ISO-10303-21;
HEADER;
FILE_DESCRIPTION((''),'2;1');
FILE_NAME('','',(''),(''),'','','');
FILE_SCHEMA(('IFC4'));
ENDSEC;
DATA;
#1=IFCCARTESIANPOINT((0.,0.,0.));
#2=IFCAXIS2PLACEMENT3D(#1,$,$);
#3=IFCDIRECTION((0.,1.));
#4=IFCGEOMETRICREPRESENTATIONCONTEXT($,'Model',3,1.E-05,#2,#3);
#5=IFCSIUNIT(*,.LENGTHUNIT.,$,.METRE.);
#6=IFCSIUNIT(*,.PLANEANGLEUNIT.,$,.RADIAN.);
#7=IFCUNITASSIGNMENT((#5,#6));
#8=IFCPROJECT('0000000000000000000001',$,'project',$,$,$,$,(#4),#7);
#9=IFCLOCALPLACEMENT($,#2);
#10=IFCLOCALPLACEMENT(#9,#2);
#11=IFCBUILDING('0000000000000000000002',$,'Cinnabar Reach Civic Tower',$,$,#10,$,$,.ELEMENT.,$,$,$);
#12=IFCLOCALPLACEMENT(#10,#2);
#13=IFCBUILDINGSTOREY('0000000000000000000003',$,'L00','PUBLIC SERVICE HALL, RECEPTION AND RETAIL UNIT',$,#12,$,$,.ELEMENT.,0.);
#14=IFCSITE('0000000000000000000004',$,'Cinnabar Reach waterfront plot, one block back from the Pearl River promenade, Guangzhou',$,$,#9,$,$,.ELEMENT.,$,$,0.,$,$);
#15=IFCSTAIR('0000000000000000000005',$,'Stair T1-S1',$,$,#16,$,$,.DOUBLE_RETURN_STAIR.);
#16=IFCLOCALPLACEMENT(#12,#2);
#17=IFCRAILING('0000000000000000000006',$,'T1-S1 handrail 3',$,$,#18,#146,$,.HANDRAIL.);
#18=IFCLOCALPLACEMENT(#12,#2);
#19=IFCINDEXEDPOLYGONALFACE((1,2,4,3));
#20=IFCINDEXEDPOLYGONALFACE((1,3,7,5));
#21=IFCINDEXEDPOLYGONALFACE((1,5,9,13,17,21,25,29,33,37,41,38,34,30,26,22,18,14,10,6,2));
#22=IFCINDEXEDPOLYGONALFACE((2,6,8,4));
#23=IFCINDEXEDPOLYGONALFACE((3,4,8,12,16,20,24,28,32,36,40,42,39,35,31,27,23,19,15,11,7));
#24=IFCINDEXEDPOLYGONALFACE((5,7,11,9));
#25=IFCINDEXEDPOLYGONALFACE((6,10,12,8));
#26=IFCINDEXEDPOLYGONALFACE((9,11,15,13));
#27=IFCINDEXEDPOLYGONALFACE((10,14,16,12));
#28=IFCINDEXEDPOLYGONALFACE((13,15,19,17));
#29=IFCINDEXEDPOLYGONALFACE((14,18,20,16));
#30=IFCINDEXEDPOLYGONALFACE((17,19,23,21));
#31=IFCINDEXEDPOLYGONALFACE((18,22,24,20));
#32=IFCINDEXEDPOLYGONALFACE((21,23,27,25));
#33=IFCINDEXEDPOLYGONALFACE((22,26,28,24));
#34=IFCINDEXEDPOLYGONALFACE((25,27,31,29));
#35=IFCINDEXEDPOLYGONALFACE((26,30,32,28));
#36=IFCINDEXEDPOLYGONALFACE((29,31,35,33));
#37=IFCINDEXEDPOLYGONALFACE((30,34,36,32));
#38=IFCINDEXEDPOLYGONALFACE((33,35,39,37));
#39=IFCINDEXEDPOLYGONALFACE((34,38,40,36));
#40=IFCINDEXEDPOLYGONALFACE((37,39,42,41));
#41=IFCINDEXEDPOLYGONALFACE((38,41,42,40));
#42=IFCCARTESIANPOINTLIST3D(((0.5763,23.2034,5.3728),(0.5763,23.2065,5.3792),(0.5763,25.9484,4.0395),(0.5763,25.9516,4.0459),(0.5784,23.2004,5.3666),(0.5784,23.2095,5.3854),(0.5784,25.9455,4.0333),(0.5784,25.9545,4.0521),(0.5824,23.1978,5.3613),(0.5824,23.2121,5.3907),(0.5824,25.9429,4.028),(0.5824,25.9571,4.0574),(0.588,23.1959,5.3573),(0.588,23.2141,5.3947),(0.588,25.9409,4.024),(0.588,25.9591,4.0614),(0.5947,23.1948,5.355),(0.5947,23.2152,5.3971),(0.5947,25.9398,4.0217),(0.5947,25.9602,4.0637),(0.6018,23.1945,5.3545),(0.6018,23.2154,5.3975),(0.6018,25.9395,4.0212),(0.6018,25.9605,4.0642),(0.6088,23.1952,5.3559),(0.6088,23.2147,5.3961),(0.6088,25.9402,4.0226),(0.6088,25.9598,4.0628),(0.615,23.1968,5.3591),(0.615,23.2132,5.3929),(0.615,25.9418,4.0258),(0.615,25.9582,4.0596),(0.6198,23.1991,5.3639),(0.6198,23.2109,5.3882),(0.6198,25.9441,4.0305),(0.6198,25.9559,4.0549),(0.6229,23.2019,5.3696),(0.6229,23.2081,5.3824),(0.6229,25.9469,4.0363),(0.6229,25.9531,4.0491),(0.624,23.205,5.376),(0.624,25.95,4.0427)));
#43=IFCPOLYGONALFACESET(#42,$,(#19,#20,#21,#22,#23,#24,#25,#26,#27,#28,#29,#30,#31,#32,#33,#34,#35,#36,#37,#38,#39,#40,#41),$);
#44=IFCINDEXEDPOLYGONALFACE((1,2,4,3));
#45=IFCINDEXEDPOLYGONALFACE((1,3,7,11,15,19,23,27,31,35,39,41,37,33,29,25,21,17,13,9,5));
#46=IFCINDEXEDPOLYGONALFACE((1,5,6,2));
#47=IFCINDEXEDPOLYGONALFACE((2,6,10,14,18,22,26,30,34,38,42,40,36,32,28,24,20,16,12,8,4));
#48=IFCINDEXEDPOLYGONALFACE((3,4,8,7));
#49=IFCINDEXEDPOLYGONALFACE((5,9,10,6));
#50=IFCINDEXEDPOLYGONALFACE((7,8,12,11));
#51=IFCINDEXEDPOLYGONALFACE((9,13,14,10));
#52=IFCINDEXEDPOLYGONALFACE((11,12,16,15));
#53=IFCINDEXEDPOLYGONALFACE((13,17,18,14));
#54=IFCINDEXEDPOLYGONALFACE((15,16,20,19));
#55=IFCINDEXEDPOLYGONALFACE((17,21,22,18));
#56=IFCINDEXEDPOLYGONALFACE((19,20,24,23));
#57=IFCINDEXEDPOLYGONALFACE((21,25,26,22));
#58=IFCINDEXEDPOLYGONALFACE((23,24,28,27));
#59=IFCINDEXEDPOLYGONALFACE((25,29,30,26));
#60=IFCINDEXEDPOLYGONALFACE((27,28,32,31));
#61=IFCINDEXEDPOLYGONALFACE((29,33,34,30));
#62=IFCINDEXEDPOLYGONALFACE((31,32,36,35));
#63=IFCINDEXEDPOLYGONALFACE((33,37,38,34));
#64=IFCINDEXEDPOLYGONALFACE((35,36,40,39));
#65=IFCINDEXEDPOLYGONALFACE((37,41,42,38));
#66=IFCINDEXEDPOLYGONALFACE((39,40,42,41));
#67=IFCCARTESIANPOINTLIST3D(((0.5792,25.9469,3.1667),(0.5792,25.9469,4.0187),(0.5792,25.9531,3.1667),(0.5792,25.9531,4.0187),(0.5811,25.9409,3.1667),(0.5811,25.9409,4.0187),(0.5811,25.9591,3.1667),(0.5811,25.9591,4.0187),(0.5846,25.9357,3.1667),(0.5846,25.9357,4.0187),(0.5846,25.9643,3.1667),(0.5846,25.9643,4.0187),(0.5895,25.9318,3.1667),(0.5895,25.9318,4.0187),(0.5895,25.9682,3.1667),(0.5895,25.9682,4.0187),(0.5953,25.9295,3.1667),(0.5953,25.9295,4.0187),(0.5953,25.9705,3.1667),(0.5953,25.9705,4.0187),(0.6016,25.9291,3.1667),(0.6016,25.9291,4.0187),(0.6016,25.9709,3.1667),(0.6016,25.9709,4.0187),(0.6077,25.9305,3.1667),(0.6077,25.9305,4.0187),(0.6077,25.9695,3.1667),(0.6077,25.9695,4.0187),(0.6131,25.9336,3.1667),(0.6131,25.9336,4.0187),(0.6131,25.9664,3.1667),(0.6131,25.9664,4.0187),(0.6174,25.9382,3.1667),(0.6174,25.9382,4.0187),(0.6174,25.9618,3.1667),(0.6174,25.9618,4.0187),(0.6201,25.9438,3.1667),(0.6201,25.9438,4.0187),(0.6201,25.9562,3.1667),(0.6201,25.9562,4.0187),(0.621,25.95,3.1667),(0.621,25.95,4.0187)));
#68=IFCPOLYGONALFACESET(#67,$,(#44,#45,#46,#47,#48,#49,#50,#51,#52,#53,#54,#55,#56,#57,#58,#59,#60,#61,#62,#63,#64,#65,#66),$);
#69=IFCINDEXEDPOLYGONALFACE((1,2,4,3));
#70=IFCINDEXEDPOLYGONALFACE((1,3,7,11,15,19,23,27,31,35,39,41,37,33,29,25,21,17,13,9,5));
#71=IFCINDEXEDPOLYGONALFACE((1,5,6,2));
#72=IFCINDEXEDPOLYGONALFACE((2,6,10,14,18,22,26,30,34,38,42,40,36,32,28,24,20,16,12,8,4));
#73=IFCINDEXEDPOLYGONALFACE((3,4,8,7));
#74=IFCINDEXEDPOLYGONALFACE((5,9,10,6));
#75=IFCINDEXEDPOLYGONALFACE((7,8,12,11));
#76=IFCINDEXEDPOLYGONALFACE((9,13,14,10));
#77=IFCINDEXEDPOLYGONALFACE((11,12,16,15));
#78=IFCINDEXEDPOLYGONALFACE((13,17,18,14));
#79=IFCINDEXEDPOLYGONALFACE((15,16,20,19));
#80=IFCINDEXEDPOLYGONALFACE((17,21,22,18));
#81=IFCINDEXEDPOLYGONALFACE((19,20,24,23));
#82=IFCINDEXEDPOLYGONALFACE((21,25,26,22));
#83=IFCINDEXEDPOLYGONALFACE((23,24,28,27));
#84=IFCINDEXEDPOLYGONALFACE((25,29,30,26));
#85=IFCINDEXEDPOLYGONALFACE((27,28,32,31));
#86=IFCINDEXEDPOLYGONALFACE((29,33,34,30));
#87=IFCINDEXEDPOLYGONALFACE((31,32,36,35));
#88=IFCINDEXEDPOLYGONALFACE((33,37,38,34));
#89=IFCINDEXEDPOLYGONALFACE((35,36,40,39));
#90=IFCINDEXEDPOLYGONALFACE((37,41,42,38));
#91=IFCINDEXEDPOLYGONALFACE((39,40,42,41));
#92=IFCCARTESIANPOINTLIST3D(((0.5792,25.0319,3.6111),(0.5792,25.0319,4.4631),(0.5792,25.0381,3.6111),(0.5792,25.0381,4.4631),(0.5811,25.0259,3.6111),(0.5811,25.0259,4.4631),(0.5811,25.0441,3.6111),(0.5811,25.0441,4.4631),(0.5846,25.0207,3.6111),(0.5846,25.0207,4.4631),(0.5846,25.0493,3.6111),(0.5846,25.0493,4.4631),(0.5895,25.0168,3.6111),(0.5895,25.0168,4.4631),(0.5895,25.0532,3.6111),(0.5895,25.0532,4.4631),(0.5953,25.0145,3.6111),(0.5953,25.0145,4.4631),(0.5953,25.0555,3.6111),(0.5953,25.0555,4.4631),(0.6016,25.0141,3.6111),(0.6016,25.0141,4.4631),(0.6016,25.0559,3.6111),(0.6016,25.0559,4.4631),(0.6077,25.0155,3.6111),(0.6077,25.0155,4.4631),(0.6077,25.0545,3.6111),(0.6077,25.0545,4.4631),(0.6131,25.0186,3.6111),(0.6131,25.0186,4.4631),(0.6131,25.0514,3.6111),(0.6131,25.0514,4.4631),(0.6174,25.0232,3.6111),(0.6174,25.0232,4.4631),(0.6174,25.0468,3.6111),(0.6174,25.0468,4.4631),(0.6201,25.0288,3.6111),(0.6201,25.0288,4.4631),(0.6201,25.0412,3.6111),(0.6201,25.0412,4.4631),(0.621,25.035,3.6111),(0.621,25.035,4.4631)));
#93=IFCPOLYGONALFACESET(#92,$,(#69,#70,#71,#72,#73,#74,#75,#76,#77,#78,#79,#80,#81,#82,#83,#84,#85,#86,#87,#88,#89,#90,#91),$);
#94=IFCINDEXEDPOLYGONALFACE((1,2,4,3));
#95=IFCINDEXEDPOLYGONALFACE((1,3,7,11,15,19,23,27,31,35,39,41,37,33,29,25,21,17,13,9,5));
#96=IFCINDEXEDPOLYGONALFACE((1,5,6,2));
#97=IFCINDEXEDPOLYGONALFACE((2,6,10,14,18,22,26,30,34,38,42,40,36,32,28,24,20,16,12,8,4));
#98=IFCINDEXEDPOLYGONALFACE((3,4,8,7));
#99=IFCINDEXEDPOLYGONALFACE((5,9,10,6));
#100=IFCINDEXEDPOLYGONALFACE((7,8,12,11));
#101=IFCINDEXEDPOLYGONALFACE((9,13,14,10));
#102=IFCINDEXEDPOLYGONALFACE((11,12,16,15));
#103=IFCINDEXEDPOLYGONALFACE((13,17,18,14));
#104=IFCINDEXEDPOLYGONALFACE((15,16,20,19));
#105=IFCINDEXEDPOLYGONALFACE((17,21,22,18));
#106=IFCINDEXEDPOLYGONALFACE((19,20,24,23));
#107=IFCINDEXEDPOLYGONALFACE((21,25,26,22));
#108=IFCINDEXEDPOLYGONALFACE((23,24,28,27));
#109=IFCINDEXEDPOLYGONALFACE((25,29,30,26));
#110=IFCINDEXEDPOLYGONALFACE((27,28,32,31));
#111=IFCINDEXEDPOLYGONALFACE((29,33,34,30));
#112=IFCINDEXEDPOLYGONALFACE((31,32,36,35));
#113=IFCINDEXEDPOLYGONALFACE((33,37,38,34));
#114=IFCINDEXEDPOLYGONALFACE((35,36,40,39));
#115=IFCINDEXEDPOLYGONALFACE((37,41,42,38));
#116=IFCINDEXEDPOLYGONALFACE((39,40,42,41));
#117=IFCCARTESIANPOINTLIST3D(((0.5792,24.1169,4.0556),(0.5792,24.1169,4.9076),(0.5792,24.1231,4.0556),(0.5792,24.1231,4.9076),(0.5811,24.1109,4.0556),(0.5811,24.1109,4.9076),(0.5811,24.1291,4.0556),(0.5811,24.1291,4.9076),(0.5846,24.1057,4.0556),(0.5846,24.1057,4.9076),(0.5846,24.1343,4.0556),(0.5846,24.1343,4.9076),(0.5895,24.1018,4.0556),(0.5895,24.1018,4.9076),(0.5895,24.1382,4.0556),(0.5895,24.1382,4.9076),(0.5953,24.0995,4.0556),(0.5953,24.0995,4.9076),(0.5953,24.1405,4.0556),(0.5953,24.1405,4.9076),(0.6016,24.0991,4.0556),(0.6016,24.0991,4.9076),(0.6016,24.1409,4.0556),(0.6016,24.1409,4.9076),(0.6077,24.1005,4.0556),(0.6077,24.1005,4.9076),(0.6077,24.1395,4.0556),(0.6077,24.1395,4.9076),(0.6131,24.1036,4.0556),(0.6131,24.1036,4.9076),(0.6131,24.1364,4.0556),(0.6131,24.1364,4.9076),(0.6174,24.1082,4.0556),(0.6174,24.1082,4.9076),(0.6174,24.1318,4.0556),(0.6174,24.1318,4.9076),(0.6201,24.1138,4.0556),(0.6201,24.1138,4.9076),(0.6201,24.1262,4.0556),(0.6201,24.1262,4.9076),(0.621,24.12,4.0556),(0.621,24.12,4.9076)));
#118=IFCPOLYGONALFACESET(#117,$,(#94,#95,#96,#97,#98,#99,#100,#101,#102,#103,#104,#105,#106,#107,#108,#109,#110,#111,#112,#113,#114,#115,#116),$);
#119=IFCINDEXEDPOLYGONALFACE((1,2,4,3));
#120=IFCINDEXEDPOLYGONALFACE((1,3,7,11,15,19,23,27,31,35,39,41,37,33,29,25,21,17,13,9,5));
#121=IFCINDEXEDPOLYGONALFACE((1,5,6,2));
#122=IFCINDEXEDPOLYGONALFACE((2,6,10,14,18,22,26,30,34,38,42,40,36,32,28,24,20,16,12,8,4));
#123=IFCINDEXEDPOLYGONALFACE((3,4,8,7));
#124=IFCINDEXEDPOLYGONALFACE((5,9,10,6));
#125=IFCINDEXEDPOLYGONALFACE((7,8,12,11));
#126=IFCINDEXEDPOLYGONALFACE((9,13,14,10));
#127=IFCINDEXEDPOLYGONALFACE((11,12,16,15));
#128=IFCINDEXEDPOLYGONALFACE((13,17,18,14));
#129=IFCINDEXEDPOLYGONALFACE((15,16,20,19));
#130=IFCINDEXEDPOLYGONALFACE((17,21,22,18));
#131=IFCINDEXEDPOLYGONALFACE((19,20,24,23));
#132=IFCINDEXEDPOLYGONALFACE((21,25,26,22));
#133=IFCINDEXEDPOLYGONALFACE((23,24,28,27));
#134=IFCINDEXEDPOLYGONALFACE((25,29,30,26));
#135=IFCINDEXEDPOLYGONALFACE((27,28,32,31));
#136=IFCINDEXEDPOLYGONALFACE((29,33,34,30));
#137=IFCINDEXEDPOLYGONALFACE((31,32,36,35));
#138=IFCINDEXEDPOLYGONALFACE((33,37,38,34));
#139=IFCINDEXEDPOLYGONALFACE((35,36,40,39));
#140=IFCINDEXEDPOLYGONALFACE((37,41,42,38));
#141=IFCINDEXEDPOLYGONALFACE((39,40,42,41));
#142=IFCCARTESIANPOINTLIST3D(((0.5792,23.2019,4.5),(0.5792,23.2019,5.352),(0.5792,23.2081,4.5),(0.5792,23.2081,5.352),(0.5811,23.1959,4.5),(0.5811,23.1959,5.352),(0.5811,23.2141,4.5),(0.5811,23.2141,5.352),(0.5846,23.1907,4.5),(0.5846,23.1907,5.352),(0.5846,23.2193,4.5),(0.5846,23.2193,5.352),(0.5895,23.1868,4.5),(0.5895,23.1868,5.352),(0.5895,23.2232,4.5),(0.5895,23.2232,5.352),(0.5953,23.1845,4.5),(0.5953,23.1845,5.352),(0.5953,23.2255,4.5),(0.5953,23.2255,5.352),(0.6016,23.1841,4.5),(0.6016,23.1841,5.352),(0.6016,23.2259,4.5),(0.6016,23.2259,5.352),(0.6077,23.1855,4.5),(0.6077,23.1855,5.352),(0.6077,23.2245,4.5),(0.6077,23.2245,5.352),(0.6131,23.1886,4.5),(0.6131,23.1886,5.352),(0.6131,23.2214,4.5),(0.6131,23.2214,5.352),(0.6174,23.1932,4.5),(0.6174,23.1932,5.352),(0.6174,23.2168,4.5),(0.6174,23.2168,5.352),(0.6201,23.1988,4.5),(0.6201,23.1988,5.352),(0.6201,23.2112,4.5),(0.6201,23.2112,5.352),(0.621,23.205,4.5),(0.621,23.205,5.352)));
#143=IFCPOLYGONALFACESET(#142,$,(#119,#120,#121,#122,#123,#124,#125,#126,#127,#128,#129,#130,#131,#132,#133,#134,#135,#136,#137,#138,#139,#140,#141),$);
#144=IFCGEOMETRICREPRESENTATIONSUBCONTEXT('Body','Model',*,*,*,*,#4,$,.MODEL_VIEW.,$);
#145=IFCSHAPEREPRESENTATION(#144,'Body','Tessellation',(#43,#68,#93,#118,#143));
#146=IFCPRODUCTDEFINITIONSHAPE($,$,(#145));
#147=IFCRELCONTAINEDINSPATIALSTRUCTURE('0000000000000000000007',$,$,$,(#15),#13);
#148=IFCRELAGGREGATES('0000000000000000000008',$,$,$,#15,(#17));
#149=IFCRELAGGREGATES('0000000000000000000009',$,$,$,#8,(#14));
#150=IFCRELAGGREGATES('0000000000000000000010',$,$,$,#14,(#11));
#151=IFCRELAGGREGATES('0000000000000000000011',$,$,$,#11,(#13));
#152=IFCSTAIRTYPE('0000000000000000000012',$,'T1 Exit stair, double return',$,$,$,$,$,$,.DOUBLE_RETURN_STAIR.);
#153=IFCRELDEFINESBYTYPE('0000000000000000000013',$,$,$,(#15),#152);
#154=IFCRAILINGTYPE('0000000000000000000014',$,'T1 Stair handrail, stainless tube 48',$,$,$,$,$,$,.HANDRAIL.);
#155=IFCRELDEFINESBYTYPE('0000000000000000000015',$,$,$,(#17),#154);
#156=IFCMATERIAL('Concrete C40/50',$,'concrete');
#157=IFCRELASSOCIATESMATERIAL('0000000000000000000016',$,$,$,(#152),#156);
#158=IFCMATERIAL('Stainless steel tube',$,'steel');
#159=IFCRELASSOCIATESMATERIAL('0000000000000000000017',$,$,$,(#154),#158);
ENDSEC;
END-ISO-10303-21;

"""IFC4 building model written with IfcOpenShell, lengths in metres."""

from ifc_helpers import new_model, si_unit, direction, frame, origin, origin_2d, place, context, subcontext, project, spatial, circle, extrude, material, type_object, element, aggregate, save


model = new_model("IFC4")

# Units and contexts
model_context = context("Model", 3, precision=1e-05, world=origin(), true_north=direction((0.0, 1.0)))
body_context = subcontext(model_context, "Body", "Model", "MODEL_VIEW")
ifc_project = project(units=[si_unit("LENGTHUNIT", "METRE"), si_unit("PLANEANGLEUNIT", "RADIAN")], contexts=[model_context])

# Site, building, storey
site_placement = place(None, origin())
site = spatial("IfcSite", under=ifc_project, at=site_placement, Name="Cinnabar Reach waterfront plot, one block back from the Pearl River promenade, Guangzhou", CompositionType="ELEMENT", RefElevation=0.0)
building_placement = place(site_placement, origin())
building = spatial("IfcBuilding", under=site, at=building_placement, Name="Cinnabar Reach Civic Tower", CompositionType="ELEMENT")
storey_placement = place(building_placement, origin())
storey = spatial("IfcBuildingStorey", under=building, at=storey_placement, Name="L00", Description="PUBLIC SERVICE HALL, RECEPTION AND RETAIL UNIT", CompositionType="ELEMENT", Elevation=0.0)

# Stair, railing
ifc_material_1 = material(Name="Concrete C40/50", Category="concrete")
stair_type = type_object("IfcStairType", Name="T1 Exit stair, double return", PredefinedType="DOUBLE_RETURN_STAIR", material=ifc_material_1)
stair_placement = place(storey_placement, origin())
stair = element("IfcStair", 1, at=stair_placement, inside=storey, type_object=stair_type, Name="Stair T1-S1", PredefinedType="DOUBLE_RETURN_STAIR")
ifc_material_2 = material(Name="Stainless steel tube", Category="steel")
railing_type_1 = type_object("IfcRailingType", Name="T1 Stair handrail, stainless tube 48", PredefinedType="HANDRAIL", material=ifc_material_2)
railing_1_placement = place(storey_placement, frame((0.6, 25.95, 3.1667)))
railing_1 = element("IfcRailing", 2, at=railing_1_placement, type_object=railing_type_1, Name="T1-S1 handrail 3", PredefinedType="HANDRAIL", context=body_context, shape_type="SweptSolid", body=[
    extrude(circle(Radius=0.024, at=origin_2d()), frame((0.0, 0.0, 0.876), z_axis=(0.0, -0.899506, 0.436908), x_axis=(1.0, 0.0, 0.0)), (0.0, 0.0, 1.0), 3.0517),
    extrude(circle(Radius=0.021, at=origin_2d()), origin(), (0.0, 0.0, 1.0), 0.852),
    extrude(circle(Radius=0.021, at=origin_2d()), frame((0.0, -0.915, 0.4444)), (0.0, 0.0, 1.0), 0.852),
    extrude(circle(Radius=0.021, at=origin_2d()), frame((0.0, -1.83, 0.8889)), (0.0, 0.0, 1.0), 0.852),
    extrude(circle(Radius=0.021, at=origin_2d()), frame((0.0, -2.745, 1.3333)), (0.0, 0.0, 1.0), 0.852),
])
aggregate(stair, [railing_1])

save(model, "model.ifc")
